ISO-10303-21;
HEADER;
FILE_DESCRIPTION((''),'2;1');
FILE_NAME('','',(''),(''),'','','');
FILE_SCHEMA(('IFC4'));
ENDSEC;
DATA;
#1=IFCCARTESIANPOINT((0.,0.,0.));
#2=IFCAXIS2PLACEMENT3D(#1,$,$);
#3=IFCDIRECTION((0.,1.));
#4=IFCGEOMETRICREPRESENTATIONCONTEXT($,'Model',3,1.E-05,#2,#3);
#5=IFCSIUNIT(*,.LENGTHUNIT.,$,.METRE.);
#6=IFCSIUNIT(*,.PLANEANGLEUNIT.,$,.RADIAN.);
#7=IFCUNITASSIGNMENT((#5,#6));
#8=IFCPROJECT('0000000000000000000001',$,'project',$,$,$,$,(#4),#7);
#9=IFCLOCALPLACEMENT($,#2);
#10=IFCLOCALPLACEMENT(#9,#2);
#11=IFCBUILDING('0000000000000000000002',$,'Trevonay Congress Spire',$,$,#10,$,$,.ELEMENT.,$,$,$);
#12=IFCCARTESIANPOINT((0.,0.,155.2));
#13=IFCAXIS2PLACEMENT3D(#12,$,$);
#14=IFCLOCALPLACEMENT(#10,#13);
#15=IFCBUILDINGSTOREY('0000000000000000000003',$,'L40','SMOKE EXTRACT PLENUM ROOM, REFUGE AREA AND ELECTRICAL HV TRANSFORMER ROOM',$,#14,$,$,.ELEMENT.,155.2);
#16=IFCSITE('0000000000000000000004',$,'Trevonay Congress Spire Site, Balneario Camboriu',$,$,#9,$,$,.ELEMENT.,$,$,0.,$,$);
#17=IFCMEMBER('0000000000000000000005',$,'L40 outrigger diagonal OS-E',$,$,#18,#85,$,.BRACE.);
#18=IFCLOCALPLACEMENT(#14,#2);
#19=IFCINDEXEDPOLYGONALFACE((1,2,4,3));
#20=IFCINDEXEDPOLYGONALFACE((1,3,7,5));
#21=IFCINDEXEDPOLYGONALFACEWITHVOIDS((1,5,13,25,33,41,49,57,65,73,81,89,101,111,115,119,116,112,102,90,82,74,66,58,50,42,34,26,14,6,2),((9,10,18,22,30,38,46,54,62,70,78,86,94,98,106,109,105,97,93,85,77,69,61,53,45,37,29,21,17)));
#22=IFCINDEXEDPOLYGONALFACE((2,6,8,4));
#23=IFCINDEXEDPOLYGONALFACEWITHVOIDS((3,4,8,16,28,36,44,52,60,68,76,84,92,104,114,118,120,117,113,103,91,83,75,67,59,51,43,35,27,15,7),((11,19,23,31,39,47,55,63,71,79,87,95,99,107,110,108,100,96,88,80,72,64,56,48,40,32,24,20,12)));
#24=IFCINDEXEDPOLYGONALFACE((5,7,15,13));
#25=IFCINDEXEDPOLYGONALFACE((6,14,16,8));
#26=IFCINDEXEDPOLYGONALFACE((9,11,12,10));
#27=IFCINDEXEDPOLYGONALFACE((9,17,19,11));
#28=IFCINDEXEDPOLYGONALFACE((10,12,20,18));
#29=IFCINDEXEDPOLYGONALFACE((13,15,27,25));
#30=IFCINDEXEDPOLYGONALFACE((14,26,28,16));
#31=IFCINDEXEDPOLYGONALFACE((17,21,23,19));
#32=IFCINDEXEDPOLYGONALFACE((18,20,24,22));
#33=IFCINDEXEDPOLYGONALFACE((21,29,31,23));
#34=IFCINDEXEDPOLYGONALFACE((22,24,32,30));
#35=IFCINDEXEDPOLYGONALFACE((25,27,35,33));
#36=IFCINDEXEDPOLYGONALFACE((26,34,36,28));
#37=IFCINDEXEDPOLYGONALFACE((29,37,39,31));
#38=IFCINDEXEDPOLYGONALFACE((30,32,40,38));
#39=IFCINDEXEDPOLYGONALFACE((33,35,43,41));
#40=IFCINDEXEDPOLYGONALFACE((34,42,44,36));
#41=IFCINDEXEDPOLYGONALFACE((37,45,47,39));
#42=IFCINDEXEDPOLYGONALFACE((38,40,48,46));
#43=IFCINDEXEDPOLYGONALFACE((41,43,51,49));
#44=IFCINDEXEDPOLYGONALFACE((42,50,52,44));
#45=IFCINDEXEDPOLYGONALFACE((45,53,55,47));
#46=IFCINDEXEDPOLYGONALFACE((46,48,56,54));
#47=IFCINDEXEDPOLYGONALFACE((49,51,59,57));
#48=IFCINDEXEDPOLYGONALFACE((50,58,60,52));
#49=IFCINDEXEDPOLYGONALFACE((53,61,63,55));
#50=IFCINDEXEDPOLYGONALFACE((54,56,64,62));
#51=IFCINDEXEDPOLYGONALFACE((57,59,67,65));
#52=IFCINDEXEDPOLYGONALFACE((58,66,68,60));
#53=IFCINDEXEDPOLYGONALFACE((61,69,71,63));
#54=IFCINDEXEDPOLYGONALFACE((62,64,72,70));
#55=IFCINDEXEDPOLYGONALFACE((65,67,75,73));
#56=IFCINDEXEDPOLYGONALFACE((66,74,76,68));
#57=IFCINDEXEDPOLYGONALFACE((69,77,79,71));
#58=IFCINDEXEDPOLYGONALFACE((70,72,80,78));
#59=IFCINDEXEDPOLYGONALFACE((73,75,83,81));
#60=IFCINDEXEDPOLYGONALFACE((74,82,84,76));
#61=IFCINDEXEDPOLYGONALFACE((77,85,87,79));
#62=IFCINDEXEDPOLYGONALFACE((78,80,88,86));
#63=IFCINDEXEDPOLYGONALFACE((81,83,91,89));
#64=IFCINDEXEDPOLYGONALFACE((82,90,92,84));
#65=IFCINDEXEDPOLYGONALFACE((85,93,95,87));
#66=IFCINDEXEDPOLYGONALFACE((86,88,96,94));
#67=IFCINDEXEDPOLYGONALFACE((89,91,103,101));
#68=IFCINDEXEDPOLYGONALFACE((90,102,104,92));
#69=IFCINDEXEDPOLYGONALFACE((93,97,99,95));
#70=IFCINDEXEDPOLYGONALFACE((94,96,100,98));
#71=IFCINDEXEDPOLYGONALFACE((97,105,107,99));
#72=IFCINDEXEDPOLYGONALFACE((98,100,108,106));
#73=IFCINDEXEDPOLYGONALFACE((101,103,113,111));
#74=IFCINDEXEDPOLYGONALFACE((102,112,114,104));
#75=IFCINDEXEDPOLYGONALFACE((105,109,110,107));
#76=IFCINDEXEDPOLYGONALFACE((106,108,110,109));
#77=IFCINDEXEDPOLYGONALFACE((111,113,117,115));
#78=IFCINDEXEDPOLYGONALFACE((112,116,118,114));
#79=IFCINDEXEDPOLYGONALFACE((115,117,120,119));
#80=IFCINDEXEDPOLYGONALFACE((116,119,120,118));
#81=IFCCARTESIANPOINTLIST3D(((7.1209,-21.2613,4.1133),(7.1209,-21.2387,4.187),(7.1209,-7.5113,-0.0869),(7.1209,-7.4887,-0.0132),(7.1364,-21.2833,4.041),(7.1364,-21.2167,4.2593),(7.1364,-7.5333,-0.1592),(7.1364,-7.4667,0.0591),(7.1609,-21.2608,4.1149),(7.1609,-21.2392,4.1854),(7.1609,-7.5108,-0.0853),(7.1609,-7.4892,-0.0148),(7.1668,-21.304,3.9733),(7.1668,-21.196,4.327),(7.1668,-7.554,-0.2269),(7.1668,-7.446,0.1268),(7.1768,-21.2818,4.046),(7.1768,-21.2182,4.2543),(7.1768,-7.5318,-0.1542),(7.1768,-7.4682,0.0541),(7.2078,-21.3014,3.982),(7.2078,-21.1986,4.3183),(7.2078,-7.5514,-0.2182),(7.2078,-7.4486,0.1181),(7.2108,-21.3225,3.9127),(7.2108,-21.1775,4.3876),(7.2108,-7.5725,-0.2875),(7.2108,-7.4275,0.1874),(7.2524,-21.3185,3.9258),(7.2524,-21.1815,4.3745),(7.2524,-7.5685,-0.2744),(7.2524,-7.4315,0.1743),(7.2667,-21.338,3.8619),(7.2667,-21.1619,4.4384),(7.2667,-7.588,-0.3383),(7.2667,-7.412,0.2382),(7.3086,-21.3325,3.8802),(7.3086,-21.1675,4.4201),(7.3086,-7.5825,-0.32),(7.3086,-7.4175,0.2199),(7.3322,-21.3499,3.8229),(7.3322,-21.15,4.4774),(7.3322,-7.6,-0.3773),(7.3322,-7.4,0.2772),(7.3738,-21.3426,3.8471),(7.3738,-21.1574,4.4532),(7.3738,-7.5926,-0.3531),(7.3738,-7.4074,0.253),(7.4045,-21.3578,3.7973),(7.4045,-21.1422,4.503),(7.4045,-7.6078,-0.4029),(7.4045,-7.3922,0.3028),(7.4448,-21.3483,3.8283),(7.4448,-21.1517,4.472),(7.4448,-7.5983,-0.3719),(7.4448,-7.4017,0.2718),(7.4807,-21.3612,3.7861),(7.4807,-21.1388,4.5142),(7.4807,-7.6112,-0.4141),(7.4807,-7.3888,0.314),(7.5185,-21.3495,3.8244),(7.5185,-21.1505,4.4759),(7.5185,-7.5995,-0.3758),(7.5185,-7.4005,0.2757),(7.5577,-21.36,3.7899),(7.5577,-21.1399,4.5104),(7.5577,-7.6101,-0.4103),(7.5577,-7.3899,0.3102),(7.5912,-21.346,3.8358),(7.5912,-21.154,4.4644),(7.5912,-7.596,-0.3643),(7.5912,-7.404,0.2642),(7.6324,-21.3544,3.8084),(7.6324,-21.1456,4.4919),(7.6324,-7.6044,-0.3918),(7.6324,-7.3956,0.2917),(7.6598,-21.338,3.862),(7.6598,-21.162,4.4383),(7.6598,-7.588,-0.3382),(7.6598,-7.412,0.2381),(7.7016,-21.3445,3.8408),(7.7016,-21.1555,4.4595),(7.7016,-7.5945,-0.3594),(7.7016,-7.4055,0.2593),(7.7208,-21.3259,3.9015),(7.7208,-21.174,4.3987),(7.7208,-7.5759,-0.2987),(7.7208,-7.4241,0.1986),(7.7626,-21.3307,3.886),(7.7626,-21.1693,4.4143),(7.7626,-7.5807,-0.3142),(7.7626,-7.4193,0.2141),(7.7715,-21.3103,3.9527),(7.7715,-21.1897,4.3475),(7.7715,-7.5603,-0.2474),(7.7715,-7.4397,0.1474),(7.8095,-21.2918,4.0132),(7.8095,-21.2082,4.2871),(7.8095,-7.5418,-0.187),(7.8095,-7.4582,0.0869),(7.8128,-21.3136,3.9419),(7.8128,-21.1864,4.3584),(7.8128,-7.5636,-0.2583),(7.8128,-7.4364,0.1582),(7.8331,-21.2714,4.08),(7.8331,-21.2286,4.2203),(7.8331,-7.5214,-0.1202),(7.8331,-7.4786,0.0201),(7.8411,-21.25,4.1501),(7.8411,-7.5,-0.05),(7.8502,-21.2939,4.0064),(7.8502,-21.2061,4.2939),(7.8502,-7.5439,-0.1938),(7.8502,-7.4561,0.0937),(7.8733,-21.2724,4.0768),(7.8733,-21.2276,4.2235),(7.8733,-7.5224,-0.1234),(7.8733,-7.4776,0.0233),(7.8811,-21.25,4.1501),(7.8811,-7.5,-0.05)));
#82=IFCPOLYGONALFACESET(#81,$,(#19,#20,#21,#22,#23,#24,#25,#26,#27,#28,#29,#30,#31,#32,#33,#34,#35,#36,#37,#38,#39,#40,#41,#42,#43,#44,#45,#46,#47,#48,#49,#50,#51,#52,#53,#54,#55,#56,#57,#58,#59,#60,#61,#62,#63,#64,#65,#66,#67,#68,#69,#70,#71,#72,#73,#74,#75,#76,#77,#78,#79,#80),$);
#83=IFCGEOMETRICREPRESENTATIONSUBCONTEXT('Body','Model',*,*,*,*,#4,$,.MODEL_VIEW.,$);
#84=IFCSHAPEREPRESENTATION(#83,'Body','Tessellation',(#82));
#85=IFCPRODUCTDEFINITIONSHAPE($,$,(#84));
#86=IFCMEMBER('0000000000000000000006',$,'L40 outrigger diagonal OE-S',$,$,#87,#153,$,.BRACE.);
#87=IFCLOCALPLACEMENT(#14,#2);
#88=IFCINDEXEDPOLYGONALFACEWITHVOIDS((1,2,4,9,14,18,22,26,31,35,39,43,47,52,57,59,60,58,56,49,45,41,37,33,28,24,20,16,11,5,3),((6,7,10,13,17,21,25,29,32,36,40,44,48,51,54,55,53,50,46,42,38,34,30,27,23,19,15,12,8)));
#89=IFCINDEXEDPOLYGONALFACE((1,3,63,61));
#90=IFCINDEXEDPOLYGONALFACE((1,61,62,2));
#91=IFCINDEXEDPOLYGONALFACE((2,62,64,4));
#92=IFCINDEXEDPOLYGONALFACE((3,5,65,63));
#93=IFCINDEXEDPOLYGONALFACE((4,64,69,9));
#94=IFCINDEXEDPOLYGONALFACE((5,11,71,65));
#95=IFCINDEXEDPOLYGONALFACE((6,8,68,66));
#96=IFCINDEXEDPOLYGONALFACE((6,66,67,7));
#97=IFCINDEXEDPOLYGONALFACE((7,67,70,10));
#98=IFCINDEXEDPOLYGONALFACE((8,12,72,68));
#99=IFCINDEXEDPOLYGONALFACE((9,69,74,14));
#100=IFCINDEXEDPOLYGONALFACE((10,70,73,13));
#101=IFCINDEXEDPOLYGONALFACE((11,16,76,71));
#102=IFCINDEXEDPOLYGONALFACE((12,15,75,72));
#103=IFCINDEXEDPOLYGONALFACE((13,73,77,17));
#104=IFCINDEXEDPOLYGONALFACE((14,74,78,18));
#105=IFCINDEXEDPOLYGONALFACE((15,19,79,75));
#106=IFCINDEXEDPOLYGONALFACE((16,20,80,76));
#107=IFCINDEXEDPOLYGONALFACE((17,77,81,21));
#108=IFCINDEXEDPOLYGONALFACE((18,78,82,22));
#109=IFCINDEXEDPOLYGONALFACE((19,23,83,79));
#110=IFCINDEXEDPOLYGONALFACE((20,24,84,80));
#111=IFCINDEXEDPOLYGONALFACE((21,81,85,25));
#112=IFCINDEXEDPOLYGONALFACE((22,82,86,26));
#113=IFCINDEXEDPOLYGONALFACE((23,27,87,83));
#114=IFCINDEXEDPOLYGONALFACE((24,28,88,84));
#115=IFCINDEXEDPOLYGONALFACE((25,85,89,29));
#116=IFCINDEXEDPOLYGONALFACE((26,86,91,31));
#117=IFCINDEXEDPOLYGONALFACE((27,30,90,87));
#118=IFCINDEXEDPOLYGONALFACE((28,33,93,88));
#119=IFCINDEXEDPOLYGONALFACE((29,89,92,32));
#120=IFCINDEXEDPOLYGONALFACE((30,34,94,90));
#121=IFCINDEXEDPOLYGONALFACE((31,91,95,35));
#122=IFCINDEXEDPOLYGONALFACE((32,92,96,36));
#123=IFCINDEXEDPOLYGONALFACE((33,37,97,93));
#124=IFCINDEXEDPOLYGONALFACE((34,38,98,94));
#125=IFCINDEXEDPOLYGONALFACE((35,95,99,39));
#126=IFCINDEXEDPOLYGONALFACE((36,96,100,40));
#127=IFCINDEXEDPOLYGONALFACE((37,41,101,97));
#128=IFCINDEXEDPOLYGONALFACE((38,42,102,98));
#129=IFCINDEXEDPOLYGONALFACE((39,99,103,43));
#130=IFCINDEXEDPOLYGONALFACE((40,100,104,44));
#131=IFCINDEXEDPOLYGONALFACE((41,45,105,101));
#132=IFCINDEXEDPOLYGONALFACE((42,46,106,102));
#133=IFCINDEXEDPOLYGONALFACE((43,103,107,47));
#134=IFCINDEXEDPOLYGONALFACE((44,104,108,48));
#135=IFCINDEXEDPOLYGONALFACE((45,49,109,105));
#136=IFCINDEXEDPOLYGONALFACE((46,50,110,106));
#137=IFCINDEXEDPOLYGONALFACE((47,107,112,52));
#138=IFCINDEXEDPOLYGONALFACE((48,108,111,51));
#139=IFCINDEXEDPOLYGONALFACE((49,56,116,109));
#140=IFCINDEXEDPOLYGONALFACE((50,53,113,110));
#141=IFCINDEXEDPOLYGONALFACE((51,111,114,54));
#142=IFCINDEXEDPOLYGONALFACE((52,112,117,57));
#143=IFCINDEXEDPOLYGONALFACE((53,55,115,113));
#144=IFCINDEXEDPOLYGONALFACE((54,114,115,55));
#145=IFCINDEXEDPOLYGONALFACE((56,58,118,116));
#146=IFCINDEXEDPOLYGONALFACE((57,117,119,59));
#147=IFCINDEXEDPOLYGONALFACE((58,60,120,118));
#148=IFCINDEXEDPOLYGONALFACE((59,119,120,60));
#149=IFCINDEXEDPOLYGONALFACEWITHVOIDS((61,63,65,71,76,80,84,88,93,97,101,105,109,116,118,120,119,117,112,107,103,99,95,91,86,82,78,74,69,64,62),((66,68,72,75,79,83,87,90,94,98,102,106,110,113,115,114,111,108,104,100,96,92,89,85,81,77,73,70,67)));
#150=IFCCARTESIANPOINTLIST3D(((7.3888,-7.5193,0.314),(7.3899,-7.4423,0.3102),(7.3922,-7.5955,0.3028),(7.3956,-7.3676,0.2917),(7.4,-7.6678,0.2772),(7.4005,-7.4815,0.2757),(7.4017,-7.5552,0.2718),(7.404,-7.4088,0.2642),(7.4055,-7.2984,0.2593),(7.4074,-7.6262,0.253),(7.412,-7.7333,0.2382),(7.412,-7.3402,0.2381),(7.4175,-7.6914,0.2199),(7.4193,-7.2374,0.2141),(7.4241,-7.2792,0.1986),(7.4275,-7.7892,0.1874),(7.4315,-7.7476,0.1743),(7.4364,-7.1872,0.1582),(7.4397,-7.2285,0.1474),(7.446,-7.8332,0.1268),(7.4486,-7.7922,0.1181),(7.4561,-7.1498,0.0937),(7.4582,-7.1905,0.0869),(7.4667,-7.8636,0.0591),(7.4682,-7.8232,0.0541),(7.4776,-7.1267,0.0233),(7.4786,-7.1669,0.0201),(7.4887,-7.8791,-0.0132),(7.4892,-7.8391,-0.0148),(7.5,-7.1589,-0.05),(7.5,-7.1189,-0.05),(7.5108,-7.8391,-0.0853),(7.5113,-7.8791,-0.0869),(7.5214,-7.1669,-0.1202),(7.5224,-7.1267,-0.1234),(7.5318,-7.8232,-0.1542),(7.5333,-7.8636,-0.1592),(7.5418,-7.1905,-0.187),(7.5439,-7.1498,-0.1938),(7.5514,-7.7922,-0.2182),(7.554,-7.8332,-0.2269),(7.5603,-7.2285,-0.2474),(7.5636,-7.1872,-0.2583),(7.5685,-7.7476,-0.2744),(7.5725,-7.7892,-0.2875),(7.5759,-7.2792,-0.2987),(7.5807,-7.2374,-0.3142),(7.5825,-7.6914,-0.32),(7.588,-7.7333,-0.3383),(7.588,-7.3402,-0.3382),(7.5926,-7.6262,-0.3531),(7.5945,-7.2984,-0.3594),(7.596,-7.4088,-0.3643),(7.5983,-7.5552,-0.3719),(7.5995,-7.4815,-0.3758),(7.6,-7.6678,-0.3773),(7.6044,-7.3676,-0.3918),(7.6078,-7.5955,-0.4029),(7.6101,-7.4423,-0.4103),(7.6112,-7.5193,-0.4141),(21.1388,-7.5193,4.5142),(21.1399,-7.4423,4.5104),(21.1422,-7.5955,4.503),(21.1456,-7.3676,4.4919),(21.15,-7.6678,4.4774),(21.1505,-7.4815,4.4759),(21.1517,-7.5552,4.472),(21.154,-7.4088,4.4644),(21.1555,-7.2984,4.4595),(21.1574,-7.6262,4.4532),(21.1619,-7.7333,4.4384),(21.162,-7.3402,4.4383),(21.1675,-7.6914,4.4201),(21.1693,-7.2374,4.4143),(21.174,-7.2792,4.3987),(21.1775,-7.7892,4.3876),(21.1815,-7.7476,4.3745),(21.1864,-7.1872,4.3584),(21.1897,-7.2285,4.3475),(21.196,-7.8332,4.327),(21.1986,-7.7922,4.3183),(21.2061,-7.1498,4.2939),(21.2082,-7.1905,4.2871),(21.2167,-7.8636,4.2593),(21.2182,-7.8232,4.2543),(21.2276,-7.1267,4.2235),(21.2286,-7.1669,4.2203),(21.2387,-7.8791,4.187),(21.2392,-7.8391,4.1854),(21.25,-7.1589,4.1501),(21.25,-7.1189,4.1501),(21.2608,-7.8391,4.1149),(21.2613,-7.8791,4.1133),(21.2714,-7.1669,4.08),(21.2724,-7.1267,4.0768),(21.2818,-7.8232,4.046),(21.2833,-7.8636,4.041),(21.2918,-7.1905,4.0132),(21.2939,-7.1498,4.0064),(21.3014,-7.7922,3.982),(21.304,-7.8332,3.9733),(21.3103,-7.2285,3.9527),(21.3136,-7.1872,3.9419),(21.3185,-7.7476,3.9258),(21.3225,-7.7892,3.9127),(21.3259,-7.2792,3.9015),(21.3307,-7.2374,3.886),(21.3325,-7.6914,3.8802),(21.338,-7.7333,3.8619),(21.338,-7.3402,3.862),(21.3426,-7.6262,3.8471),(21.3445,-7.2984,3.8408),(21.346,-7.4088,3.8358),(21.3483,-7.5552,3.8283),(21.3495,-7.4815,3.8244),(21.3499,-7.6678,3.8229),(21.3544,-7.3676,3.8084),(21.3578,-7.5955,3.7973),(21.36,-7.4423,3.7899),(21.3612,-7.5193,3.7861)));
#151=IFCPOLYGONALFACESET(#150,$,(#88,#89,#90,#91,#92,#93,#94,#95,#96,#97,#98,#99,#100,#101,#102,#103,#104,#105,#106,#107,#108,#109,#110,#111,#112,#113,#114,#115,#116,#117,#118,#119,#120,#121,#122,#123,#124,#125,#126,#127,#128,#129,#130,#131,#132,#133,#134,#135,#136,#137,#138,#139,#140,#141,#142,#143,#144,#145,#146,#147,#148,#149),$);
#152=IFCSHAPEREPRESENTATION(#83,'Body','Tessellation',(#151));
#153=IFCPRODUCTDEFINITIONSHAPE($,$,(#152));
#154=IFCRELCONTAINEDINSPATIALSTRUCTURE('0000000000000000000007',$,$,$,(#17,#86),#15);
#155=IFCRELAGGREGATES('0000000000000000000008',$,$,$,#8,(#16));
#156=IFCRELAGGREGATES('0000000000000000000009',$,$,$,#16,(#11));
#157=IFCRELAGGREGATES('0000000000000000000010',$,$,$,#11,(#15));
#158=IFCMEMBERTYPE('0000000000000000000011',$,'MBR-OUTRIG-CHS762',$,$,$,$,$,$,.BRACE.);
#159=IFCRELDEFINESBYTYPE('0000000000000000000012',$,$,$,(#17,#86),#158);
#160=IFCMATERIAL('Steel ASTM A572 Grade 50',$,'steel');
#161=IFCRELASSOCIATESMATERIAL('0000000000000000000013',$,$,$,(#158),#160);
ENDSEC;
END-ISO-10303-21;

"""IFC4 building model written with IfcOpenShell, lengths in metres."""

from ifc_helpers import new_model, si_unit, direction, frame, origin, origin_2d, place, context, subcontext, project, spatial, hollow_circle, extrude, material, material_profile, profile_set, type_object, element, save


model = new_model("IFC4")

# Units and contexts
model_context = context("Model", 3, precision=1e-05, world=origin(), true_north=direction((0.0, 1.0)))
body_context = subcontext(model_context, "Body", "Model", "MODEL_VIEW")
ifc_project = project(units=[si_unit("LENGTHUNIT", "METRE"), si_unit("PLANEANGLEUNIT", "RADIAN")], contexts=[model_context])

# Site, building, storey
site_placement = place(None, origin())
site = spatial("IfcSite", under=ifc_project, at=site_placement, Name="Trevonay Congress Spire Site, Balneario Camboriu", CompositionType="ELEMENT", RefElevation=0.0)
building_placement = place(site_placement, origin())
building = spatial("IfcBuilding", under=site, at=building_placement, Name="Trevonay Congress Spire", CompositionType="ELEMENT")
storey_placement = place(building_placement, frame((0.0, 0.0, 155.2)))
storey = spatial("IfcBuildingStorey", under=building, at=storey_placement, Name="L40", Description="SMOKE EXTRACT PLENUM ROOM, REFUGE AREA AND ELECTRICAL HV TRANSFORMER ROOM", CompositionType="ELEMENT", Elevation=155.2)

# Shared definitions
ifc_material_1 = material(Name="Steel ASTM A572 Grade 50", Category="steel")

# Members
ifc_material_profile_1 = material_profile(ifc_material_1, hollow_circle(Radius=0.3811, WallThickness=0.04, at=origin_2d()), Name="CHS 762x40")
ifc_profile_set_1 = profile_set([ifc_material_profile_1], Name="Steel ASTM A572 Grade 50")
member_type_1 = type_object("IfcMemberType", Name="MBR-OUTRIG-CHS762", PredefinedType="BRACE", material=ifc_profile_set_1)
for number, where, z_axis, x_axis, name in (
    (1, (7.5, -7.5, -0.05), (0.0, -0.956375, 0.292143), (1.0, 0.0, 0.0), "L40 outrigger diagonal OS-E"),
    (2, (7.5, -7.5, -0.05), (0.956375, 0.0, 0.292143), (0.0, 1.0, 0.0), "L40 outrigger diagonal OE-S"),
):
    element("IfcMember", number, at=place(storey_placement, frame(where, z_axis=z_axis, x_axis=x_axis)), inside=storey, type_object=member_type_1, Name=name, PredefinedType="BRACE", context=body_context, shape_type="SweptSolid", body=[
        extrude(hollow_circle(Radius=0.3811, WallThickness=0.04, at=origin_2d()), origin(), (0.0, 0.0, 1.0), 14.3772),
    ])

save(model, "model.ifc")
